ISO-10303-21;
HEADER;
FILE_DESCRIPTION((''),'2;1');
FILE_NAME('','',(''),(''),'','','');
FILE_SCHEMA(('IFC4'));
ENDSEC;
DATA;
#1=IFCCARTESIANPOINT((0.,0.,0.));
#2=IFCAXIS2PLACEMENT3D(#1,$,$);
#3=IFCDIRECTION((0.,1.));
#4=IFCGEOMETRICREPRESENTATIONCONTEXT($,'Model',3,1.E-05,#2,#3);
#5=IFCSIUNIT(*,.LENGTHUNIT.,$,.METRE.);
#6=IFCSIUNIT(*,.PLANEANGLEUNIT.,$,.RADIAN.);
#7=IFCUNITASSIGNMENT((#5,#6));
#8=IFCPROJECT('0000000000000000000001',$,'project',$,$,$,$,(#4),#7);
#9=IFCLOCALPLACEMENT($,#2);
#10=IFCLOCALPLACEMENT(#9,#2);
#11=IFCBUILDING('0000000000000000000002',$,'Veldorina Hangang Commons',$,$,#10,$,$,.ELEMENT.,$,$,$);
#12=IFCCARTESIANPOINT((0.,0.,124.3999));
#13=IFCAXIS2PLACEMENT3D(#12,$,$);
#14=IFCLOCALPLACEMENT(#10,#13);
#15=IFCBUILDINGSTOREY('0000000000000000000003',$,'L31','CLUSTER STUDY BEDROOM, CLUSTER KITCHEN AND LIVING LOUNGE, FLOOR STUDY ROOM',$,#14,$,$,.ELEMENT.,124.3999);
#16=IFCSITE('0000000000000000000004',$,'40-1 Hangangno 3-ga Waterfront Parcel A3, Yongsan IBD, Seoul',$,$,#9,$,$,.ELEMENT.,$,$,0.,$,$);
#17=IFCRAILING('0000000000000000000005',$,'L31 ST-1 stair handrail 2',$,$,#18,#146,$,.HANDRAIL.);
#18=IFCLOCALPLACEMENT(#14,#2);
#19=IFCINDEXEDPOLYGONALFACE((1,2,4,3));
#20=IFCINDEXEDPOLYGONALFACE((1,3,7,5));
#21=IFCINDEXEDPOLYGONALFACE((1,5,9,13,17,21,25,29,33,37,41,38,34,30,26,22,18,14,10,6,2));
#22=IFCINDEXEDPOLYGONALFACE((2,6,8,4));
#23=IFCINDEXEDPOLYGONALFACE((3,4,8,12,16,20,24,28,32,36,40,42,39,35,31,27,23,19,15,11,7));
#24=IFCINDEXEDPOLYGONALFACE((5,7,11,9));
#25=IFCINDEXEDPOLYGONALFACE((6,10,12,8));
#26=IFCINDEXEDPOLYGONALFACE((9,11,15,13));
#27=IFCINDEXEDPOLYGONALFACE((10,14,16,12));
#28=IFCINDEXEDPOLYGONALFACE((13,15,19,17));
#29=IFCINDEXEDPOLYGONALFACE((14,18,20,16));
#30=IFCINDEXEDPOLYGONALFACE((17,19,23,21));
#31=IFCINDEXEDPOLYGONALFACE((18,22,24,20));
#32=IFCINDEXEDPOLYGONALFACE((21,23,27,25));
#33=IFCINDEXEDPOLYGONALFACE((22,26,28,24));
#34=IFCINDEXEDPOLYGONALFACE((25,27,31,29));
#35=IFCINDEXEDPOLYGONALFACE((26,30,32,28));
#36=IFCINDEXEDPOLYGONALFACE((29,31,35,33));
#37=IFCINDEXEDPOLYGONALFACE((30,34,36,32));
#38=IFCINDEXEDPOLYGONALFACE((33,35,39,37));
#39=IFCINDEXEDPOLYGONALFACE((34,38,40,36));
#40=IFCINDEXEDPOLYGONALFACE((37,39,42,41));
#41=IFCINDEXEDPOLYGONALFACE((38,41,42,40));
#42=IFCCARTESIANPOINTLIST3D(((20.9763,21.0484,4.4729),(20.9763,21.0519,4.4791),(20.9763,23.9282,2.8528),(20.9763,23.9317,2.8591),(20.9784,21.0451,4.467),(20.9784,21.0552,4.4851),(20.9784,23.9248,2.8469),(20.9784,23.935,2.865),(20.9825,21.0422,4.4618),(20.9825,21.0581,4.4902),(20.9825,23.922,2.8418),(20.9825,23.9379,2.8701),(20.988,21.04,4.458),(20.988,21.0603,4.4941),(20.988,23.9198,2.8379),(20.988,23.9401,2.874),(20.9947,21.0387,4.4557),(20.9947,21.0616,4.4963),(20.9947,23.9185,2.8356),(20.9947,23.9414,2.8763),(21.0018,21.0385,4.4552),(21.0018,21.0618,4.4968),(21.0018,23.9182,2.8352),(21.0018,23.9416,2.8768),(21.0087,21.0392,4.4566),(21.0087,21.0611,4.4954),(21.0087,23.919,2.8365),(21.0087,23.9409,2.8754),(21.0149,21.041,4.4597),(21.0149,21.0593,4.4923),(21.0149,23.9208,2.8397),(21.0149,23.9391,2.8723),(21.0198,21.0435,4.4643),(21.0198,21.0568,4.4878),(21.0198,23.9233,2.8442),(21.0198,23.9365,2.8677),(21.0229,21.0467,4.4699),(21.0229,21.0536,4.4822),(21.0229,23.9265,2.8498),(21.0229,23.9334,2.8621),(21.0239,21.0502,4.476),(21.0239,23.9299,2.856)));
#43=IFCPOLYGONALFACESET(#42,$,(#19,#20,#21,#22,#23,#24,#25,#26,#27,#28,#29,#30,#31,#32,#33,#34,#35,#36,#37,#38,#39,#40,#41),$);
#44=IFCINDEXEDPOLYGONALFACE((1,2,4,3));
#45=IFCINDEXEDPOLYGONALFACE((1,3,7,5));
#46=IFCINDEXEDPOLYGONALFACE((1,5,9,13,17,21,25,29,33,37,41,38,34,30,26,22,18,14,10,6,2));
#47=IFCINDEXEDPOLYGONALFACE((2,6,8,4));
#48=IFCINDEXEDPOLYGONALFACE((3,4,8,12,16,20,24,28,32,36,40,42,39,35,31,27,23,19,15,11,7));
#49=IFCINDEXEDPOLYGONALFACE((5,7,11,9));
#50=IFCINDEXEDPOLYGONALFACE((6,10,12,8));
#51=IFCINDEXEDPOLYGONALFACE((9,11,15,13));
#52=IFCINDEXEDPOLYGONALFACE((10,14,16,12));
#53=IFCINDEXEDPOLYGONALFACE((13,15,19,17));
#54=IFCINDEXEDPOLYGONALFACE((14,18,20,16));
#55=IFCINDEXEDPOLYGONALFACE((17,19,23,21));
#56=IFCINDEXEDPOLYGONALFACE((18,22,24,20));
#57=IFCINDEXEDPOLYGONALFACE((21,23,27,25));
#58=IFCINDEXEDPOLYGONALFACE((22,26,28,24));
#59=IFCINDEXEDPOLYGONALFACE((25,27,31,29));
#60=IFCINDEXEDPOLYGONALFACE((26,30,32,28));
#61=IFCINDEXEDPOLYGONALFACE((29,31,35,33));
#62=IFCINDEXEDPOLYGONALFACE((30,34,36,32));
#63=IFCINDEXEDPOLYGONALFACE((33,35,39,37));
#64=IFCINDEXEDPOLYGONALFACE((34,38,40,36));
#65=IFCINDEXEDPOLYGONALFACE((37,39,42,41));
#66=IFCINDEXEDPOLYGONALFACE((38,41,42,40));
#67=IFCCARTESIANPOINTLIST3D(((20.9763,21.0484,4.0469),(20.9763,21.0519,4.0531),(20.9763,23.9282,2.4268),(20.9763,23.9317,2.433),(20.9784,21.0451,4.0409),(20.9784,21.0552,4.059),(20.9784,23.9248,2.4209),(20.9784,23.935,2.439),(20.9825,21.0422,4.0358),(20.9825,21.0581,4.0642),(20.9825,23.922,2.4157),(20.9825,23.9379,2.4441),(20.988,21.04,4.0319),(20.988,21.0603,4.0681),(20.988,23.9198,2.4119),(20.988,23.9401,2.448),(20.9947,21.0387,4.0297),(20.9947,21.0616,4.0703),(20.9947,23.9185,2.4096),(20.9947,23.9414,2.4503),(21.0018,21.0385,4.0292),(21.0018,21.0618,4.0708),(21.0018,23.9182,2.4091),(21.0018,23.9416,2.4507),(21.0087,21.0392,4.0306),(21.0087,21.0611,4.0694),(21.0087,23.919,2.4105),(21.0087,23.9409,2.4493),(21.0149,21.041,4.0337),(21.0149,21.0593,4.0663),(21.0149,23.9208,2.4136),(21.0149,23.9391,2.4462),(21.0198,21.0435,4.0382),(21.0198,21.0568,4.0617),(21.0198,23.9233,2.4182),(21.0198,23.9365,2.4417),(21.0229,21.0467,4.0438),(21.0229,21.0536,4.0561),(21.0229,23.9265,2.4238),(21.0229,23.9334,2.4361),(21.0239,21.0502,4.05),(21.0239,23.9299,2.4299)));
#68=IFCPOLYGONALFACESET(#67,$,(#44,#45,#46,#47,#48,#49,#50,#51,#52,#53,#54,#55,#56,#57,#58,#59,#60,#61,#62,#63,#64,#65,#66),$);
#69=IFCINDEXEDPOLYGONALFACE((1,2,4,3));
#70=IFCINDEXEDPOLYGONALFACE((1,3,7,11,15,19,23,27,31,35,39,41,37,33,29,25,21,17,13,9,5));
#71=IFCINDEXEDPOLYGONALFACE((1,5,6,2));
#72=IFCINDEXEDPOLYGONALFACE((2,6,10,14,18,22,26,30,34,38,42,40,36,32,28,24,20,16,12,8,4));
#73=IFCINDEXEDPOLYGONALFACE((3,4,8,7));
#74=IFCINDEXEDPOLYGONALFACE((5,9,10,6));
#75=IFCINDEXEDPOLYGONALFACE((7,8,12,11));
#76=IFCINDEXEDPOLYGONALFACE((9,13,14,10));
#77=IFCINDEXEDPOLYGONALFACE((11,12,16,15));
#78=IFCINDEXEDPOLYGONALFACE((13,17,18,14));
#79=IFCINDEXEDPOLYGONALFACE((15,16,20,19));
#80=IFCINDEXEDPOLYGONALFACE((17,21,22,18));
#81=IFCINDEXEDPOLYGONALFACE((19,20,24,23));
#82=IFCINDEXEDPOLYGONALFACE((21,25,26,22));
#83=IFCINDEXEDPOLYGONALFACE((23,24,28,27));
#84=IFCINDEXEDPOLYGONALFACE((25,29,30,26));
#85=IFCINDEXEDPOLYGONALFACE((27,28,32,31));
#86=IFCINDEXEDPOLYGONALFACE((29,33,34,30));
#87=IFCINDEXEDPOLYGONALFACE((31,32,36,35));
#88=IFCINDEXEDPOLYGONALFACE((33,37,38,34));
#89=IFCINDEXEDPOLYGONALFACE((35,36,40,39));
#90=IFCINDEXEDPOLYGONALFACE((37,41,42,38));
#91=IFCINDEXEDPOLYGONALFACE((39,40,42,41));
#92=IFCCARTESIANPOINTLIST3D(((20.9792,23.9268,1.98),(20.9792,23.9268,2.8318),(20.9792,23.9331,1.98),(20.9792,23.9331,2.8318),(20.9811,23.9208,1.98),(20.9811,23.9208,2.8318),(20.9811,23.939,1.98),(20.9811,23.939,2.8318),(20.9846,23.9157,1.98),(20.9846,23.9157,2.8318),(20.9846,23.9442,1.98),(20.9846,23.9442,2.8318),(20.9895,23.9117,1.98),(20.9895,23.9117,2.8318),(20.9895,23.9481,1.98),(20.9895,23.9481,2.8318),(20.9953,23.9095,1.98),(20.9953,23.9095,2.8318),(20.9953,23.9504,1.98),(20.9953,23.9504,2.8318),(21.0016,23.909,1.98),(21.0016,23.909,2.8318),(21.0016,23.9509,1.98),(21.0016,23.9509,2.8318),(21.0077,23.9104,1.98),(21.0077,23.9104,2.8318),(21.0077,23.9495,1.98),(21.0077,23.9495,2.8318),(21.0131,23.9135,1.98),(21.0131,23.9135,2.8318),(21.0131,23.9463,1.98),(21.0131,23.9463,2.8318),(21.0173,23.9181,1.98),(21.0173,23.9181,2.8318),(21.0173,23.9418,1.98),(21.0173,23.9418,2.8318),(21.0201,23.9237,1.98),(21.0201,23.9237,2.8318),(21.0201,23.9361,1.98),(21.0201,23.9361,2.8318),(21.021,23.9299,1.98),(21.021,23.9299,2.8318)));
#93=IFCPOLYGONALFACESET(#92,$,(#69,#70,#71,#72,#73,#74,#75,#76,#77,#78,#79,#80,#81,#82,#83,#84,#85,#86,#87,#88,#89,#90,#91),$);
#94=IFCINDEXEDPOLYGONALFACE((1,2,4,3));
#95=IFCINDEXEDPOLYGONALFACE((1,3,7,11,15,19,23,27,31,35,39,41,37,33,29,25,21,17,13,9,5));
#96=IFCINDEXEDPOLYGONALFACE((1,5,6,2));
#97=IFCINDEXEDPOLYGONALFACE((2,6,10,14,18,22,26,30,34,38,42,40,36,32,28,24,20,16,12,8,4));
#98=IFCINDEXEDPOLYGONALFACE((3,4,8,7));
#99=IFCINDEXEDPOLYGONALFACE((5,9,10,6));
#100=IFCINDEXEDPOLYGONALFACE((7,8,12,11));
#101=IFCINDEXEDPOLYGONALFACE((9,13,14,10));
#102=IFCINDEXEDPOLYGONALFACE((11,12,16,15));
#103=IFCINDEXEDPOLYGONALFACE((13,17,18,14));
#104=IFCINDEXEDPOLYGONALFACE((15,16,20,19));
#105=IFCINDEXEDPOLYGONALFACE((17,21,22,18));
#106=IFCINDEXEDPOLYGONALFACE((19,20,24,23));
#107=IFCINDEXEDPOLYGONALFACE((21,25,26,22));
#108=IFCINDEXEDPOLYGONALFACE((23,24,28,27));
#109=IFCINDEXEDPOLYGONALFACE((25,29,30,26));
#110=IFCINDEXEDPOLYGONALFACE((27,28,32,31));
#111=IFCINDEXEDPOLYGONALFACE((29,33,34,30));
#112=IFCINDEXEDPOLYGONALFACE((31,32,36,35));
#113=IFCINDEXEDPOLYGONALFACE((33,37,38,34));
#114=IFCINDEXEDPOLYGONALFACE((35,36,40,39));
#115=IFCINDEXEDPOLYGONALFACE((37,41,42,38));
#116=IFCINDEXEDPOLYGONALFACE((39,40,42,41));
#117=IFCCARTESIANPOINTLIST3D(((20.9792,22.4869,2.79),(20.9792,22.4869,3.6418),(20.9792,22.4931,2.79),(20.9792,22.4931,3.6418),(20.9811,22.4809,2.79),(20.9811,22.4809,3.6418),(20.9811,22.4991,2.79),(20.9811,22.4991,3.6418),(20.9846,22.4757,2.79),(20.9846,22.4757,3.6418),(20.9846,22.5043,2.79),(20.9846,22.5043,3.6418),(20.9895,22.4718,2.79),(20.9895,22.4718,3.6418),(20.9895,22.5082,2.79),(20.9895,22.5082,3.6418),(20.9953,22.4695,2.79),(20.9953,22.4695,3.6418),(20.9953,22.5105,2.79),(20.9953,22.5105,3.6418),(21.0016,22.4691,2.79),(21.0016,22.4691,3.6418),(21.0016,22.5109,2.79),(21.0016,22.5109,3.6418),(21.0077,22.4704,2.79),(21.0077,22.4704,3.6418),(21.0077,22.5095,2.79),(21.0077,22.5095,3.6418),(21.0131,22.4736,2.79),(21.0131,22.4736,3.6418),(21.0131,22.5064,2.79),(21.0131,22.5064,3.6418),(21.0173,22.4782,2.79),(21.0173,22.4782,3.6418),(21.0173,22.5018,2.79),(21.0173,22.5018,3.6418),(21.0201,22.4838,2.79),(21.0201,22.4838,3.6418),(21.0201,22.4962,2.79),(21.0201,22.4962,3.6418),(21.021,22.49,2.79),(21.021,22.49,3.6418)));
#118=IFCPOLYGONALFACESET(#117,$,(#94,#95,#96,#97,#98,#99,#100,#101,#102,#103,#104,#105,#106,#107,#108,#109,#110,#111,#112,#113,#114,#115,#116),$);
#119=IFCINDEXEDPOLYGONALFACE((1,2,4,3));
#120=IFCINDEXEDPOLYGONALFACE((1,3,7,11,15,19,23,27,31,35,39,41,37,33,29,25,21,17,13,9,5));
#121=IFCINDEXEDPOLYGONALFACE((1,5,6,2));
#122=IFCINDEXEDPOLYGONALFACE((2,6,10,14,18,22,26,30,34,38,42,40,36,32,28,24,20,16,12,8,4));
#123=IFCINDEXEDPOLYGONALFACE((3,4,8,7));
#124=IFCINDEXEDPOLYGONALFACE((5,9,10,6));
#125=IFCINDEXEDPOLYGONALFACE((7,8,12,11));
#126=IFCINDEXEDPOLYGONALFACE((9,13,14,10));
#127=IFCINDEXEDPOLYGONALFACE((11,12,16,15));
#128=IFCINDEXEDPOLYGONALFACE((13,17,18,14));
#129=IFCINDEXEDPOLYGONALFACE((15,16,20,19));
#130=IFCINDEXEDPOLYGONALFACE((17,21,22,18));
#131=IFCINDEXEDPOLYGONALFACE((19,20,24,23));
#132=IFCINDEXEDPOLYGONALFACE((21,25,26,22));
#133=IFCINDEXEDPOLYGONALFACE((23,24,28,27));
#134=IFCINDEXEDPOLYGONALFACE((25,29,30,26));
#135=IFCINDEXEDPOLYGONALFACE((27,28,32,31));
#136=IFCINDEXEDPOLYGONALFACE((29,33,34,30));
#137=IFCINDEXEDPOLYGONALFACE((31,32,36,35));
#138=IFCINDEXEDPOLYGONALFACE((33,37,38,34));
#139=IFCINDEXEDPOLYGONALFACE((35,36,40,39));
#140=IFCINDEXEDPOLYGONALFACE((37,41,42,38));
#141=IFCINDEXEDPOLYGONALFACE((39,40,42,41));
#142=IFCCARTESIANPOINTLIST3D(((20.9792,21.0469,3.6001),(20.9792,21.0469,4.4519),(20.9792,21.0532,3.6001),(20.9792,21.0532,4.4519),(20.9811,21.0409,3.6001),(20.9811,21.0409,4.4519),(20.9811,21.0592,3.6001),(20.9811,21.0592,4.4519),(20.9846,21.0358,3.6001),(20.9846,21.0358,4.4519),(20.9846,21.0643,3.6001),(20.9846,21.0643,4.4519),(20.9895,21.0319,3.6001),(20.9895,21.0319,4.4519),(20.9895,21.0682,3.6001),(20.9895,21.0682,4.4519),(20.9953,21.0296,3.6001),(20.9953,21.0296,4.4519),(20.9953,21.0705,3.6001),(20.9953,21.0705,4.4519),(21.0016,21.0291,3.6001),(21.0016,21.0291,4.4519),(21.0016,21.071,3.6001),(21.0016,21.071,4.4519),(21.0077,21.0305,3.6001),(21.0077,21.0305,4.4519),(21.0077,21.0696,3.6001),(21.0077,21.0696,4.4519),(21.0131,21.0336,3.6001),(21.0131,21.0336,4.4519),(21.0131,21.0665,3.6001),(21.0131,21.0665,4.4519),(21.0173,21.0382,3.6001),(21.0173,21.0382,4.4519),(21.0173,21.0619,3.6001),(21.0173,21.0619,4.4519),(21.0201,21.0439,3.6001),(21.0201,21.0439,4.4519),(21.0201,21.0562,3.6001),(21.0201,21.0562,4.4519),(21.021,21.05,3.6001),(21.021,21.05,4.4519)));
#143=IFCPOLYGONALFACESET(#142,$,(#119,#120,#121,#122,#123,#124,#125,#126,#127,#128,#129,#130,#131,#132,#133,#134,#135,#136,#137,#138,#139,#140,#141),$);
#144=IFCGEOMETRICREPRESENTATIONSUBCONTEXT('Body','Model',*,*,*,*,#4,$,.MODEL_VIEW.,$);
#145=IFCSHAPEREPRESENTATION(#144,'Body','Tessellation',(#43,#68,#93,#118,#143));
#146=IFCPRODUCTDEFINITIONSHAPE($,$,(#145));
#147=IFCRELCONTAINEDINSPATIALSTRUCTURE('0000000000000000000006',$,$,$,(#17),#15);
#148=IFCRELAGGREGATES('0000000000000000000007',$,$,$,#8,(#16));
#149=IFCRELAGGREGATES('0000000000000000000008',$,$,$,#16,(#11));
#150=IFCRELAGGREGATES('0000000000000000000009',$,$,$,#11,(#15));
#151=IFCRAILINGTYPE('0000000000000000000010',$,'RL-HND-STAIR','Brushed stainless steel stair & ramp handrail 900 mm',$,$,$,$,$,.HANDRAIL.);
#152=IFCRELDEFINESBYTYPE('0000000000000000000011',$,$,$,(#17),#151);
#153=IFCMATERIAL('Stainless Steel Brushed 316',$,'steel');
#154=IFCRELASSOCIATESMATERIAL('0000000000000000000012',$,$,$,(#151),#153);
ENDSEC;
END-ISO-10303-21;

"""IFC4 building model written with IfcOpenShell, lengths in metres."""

from ifc_helpers import new_model, si_unit, direction, frame, origin, origin_2d, place, context, subcontext, project, spatial, circle, extrude, material, type_object, element, save


model = new_model("IFC4")

# Units and contexts
model_context = context("Model", 3, precision=1e-05, world=origin(), true_north=direction((0.0, 1.0)))
body_context = subcontext(model_context, "Body", "Model", "MODEL_VIEW")
ifc_project = project(units=[si_unit("LENGTHUNIT", "METRE"), si_unit("PLANEANGLEUNIT", "RADIAN")], contexts=[model_context])

# Site, building, storey
site_placement = place(None, origin())
site = spatial("IfcSite", under=ifc_project, at=site_placement, Name="40-1 Hangangno 3-ga Waterfront Parcel A3, Yongsan IBD, Seoul", CompositionType="ELEMENT", RefElevation=0.0)
building_placement = place(site_placement, origin())
building = spatial("IfcBuilding", under=site, at=building_placement, Name="Veldorina Hangang Commons", CompositionType="ELEMENT")
storey_placement = place(building_placement, frame((0.0, 0.0, 124.3999)))
storey = spatial("IfcBuildingStorey", under=building, at=storey_placement, Name="L31", Description="CLUSTER STUDY BEDROOM, CLUSTER KITCHEN AND LIVING LOUNGE, FLOOR STUDY ROOM", CompositionType="ELEMENT", Elevation=124.3999)

# Railing
ifc_material_1 = material(Name="Stainless Steel Brushed 316", Category="steel")
railing_type_1 = type_object("IfcRailingType", Name="RL-HND-STAIR", Description="Brushed stainless steel stair & ramp handrail 900 mm", PredefinedType="HANDRAIL", material=ifc_material_1)
railing_1_placement = place(storey_placement, frame((21.0, 23.9299, 1.98)))
element("IfcRailing", 1, at=railing_1_placement, inside=storey, type_object=railing_type_1, Name="L31 ST-1 stair handrail 2", PredefinedType="HANDRAIL", context=body_context, shape_type="SweptSolid", body=[
    extrude(circle(Radius=0.0239, at=origin_2d()), frame((0.0, 0.0, 0.876), z_axis=(0.0, -0.871552, 0.490303), x_axis=(1.0, 0.0, 0.0)), (0.0, 0.0, 1.0), 3.3042),
    extrude(circle(Radius=0.0239, at=origin_2d()), frame((0.0, 0.0, 0.45), z_axis=(0.0, -0.871552, 0.490303), x_axis=(1.0, 0.0, 0.0)), (0.0, 0.0, 1.0), 3.3042),
    extrude(circle(Radius=0.021, at=origin_2d()), origin(), (0.0, 0.0, 1.0), 0.8518),
    extrude(circle(Radius=0.021, at=origin_2d()), frame((0.0, -1.4399, 0.8101)), (0.0, 0.0, 1.0), 0.8518),
    extrude(circle(Radius=0.021, at=origin_2d()), frame((0.0, -2.8799, 1.6201)), (0.0, 0.0, 1.0), 0.8518),
])

save(model, "model.ifc")
